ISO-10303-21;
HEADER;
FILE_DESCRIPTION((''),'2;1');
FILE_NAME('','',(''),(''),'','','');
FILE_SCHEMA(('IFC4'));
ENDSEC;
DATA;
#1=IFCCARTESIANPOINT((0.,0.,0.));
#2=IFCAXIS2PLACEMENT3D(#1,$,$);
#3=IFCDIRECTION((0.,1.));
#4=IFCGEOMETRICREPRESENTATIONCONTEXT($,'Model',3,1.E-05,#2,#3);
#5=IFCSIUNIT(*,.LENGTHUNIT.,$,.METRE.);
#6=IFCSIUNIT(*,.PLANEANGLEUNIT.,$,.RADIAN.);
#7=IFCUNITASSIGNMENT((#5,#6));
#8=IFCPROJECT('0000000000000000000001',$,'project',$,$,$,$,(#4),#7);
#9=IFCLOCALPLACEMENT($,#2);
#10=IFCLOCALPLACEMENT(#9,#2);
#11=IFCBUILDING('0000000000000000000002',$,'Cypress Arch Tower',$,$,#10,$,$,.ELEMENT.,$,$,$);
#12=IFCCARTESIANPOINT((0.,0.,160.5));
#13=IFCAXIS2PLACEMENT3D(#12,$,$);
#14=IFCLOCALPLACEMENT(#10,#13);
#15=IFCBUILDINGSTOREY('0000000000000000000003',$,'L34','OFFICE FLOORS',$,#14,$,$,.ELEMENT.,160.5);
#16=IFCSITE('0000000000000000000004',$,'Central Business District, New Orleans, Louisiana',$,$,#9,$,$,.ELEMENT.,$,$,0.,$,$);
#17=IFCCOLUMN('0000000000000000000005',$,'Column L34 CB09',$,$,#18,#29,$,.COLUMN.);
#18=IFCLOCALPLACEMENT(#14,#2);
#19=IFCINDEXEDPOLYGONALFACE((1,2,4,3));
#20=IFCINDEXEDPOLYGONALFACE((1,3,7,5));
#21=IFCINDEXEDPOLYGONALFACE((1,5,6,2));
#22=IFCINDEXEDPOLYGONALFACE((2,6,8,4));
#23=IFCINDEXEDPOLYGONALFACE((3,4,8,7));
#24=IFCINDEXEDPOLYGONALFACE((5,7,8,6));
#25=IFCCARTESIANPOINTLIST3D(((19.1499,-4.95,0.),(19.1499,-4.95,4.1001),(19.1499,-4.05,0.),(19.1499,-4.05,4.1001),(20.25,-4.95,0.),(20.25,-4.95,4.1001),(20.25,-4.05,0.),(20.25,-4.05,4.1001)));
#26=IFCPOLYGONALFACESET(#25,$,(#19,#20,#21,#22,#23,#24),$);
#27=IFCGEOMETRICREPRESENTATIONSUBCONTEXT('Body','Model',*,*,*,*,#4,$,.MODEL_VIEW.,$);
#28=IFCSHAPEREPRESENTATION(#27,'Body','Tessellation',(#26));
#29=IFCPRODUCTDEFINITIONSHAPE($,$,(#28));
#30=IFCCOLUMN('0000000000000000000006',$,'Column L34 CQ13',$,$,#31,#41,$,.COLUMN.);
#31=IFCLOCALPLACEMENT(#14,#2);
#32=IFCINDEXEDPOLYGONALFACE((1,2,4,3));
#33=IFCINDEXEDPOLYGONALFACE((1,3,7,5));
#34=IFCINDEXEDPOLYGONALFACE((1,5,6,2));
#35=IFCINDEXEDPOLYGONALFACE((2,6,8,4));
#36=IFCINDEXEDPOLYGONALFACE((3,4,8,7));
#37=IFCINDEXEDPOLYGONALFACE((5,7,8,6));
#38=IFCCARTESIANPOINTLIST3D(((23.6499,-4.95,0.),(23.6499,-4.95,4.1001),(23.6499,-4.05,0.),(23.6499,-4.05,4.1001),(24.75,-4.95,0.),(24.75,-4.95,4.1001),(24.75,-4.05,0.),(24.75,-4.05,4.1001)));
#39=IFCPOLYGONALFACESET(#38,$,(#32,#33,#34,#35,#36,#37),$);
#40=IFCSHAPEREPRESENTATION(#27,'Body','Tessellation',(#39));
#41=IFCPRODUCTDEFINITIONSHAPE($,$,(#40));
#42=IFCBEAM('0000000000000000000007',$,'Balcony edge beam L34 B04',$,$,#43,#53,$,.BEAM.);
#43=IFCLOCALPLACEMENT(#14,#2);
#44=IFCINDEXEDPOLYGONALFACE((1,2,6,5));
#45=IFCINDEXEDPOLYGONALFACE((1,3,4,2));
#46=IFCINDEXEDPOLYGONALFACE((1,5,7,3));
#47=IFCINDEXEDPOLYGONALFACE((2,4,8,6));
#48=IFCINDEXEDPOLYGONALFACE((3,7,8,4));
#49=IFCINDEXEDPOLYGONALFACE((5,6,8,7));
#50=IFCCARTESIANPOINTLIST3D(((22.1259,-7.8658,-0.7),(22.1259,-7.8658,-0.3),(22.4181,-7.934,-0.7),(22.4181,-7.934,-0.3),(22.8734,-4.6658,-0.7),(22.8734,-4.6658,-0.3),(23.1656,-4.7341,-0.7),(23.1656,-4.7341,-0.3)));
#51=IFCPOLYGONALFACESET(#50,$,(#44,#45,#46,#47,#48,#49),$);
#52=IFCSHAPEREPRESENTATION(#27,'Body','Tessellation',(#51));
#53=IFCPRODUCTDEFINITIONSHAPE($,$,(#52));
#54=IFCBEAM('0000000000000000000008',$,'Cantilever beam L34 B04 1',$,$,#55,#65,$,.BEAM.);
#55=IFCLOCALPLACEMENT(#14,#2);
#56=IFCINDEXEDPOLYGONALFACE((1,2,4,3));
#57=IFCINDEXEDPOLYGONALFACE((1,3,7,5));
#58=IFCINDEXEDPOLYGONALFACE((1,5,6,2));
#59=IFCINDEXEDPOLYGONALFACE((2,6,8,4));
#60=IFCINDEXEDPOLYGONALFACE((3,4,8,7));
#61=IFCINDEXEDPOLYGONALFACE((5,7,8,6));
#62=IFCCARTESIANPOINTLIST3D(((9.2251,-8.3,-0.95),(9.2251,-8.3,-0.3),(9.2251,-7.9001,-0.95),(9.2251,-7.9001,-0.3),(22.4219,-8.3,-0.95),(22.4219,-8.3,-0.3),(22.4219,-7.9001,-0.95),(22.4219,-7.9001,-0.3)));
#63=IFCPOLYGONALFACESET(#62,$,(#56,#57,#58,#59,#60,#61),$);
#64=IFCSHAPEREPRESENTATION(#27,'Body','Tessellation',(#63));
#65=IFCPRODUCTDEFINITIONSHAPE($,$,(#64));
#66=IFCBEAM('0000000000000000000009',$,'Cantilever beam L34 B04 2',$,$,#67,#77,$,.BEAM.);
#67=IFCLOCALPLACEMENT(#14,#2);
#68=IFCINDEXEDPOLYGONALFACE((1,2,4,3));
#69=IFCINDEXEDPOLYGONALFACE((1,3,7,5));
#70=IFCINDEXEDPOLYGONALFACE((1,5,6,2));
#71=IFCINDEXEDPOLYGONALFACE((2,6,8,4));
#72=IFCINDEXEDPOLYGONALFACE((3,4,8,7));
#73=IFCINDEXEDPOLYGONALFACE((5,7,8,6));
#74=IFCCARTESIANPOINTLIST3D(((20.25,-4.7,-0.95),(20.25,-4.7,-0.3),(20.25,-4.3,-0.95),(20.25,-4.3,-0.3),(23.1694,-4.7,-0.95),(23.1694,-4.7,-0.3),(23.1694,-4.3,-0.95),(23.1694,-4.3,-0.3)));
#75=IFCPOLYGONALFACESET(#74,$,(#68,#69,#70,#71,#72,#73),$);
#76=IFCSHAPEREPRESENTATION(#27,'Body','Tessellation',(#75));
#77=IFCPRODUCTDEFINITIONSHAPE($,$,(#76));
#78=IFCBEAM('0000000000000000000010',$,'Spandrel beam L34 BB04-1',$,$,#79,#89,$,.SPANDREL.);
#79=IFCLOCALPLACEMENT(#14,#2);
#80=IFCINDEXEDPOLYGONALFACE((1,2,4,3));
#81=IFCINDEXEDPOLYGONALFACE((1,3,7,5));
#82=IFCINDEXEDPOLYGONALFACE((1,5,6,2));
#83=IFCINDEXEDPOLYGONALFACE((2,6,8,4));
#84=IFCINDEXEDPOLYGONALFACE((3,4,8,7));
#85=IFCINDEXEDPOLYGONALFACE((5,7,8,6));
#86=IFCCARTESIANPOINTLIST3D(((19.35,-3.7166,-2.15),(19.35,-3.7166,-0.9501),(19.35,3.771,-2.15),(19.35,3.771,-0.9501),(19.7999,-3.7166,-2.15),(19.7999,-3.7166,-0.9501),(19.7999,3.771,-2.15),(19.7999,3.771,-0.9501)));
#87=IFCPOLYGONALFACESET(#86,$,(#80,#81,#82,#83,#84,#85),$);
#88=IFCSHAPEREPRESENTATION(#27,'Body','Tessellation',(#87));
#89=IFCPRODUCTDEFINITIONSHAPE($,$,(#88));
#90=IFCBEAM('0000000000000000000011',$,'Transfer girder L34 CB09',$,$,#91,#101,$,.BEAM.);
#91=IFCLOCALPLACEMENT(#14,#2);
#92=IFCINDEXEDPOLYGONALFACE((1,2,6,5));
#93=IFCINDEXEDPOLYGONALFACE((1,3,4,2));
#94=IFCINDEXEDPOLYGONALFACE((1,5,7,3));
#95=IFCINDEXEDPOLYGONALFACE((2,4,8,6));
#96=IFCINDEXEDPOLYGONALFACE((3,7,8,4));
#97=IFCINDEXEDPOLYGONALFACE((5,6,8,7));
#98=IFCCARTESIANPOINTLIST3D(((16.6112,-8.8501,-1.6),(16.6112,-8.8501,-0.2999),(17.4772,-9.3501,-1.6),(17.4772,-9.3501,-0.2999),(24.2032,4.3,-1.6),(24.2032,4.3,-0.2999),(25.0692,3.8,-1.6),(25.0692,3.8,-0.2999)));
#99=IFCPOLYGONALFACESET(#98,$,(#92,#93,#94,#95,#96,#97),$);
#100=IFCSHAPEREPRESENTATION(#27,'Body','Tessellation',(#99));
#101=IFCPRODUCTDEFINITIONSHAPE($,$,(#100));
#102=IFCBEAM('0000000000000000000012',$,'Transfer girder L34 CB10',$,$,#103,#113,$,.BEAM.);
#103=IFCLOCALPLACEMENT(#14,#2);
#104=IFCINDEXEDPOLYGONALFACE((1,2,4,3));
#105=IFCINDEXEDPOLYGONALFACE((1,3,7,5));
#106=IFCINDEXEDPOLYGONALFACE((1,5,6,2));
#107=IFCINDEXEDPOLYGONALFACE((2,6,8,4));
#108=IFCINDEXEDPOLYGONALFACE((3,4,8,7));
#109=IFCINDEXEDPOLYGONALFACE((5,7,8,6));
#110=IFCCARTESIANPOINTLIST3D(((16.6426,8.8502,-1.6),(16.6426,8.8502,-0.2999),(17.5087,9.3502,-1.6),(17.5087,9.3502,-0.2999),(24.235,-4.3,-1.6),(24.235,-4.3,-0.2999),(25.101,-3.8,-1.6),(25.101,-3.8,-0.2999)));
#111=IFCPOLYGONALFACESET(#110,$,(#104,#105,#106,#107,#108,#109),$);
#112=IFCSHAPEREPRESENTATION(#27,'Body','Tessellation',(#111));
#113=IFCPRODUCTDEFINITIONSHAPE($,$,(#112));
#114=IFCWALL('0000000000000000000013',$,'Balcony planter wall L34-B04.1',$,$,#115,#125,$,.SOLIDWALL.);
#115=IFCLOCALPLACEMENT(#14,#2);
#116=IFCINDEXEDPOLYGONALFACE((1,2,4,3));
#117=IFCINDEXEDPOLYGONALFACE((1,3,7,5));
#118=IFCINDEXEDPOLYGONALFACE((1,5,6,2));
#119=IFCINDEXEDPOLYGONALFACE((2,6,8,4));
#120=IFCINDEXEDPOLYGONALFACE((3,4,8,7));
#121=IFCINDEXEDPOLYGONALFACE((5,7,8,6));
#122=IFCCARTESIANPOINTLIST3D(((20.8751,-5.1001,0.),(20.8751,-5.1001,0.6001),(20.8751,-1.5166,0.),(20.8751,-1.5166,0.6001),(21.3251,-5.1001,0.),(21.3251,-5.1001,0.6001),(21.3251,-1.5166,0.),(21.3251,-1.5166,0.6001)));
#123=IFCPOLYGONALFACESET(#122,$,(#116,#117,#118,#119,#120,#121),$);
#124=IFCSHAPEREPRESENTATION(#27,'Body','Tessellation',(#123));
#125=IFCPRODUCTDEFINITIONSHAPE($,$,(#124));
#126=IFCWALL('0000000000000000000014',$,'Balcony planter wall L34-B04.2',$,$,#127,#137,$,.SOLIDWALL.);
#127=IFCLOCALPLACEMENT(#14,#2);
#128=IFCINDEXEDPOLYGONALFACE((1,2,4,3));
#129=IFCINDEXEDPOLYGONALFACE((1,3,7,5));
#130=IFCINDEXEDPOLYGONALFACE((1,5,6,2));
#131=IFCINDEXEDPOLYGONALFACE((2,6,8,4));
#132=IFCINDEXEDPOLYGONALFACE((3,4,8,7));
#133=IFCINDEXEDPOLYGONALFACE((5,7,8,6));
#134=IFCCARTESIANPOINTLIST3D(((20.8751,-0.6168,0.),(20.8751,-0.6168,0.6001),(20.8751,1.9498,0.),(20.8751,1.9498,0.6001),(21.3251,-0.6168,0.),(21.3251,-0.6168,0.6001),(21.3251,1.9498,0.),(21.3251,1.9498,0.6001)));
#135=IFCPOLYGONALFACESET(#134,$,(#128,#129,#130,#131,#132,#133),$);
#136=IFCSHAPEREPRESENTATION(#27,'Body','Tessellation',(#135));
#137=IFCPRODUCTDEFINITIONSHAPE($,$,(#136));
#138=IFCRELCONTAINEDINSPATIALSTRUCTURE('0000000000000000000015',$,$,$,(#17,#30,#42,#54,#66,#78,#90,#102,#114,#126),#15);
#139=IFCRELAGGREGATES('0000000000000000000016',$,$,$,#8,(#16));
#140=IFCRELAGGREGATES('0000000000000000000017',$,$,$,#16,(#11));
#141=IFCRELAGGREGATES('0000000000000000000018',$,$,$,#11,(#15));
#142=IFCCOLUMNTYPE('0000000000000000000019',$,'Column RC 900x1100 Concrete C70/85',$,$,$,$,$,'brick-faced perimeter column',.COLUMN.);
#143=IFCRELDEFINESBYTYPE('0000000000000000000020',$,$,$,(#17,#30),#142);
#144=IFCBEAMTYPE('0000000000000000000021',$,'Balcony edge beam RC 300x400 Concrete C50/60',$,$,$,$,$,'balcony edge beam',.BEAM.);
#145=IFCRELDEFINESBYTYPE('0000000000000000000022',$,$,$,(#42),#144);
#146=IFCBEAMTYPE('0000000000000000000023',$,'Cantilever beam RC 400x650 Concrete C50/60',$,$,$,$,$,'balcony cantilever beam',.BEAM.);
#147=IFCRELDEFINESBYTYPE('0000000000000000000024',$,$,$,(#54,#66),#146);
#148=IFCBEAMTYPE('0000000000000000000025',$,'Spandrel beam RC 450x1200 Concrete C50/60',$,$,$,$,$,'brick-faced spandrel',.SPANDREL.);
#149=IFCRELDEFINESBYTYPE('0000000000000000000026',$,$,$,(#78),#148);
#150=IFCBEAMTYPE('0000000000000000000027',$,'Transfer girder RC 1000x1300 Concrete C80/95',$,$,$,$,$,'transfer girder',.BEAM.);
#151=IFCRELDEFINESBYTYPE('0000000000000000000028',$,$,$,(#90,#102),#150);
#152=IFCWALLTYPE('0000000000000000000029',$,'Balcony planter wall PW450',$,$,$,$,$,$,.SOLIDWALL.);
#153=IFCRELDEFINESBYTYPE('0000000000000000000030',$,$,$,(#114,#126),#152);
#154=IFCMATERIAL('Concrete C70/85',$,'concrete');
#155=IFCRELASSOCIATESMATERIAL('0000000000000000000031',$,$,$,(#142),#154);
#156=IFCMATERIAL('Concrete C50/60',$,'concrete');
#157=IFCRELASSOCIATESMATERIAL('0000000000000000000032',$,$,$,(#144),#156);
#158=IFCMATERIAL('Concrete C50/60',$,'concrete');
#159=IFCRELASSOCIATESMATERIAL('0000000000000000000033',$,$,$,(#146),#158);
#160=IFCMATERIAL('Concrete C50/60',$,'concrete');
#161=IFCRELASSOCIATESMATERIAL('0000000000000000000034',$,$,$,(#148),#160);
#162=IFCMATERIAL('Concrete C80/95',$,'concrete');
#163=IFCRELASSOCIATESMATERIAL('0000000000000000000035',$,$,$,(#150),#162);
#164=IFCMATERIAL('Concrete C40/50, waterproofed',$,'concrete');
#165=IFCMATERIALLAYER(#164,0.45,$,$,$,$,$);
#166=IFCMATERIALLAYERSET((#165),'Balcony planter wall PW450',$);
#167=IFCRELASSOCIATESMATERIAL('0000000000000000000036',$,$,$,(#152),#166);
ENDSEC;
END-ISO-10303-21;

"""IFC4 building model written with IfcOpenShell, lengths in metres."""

from ifc_helpers import new_model, si_unit, direction, frame, frame_2d, origin, origin_2d, place, context, subcontext, project, spatial, rectangle, extrude, material, layer, layer_set, material_profile, profile_set, type_object, element, save


model = new_model("IFC4")

# Units and contexts
model_context = context("Model", 3, precision=1e-05, world=origin(), true_north=direction((0.0, 1.0)))
body_context = subcontext(model_context, "Body", "Model", "MODEL_VIEW")
ifc_project = project(units=[si_unit("LENGTHUNIT", "METRE"), si_unit("PLANEANGLEUNIT", "RADIAN")], contexts=[model_context])

# Site, building, storey
site_placement = place(None, origin())
site = spatial("IfcSite", under=ifc_project, at=site_placement, Name="Central Business District, New Orleans, Louisiana", CompositionType="ELEMENT", RefElevation=0.0)
building_placement = place(site_placement, origin())
building = spatial("IfcBuilding", under=site, at=building_placement, Name="Cypress Arch Tower", CompositionType="ELEMENT")
storey_placement = place(building_placement, frame((0.0, 0.0, 160.5)))
storey = spatial("IfcBuildingStorey", under=building, at=storey_placement, Name="L34", Description="OFFICE FLOORS", CompositionType="ELEMENT", Elevation=160.5)

# Columns
ifc_material_1 = material(Name="Concrete C70/85", Category="concrete")
ifc_material_profile_1 = material_profile(ifc_material_1, rectangle(XDim=0.8999, YDim=1.1001, at=origin_2d()), Name="RC 900x1100")
ifc_profile_set_1 = profile_set([ifc_material_profile_1], Name="Concrete C70/85")
column_type = type_object("IfcColumnType", Name="Column RC 900x1100 Concrete C70/85", ElementType="brick-faced perimeter column", PredefinedType="COLUMN", material=ifc_profile_set_1)
for number, where, z_axis, x_axis, name in (
    (1, (19.7, -4.5, 0.0), (0.0, 0.0, 1.0), (0.0, 1.0, 0.0), "Column L34 CB09"),
    (2, (24.2, -4.5, 0.0), (0.0, 0.0, 1.0), (0.0, 1.0, 0.0), "Column L34 CQ13"),
):
    element("IfcColumn", number, at=place(storey_placement, frame(where, z_axis=z_axis, x_axis=x_axis)), inside=storey, type_object=column_type, Name=name, PredefinedType="COLUMN", context=body_context, shape_type="SweptSolid", body=[
        extrude(rectangle(XDim=0.8999, YDim=1.1001, at=origin_2d()), origin(), (0.0, 0.0, 1.0), 4.1001),
    ])

# Beams
ifc_material_2 = material(Name="Concrete C50/60", Category="concrete")
ifc_material_profile_2 = material_profile(ifc_material_2, rectangle(XDim=0.3, YDim=0.3999, at=origin_2d()), Name="RC 300x400")
ifc_profile_set_2 = profile_set([ifc_material_profile_2], Name="Concrete C50/60")
beam_type_1 = type_object("IfcBeamType", Name="Balcony edge beam RC 300x400 Concrete C50/60", ElementType="balcony edge beam", PredefinedType="BEAM", material=ifc_profile_set_2)
beam_1_placement = place(storey_placement, frame((22.272, -7.8999, -0.5), z_axis=(0.22749, 0.97378, 0.0), x_axis=(-0.97378, 0.22749, 0.0)))
element("IfcBeam", 3, at=beam_1_placement, inside=storey, type_object=beam_type_1, Name="Balcony edge beam L34 B04", PredefinedType="BEAM", context=body_context, shape_type="SweptSolid", body=[
    extrude(rectangle(XDim=0.3, YDim=0.3999, at=origin_2d()), origin(), (0.0, 0.0, 1.0), 3.2861),
])
ifc_material_3 = material(Name="Concrete C50/60", Category="concrete")
ifc_material_profile_3 = material_profile(ifc_material_3, rectangle(XDim=0.3999, YDim=0.6499, at=origin_2d()), Name="RC 400x650")
ifc_profile_set_3 = profile_set([ifc_material_profile_3], Name="Concrete C50/60")
beam_type_2 = type_object("IfcBeamType", Name="Cantilever beam RC 400x650 Concrete C50/60", ElementType="balcony cantilever beam", PredefinedType="BEAM", material=ifc_profile_set_3)
beam_2_placement = place(storey_placement, frame((9.2251, -8.1001, -0.625), z_axis=(1.0, 0.0, 0.0), x_axis=(0.0, 1.0, 0.0)))
element("IfcBeam", 4, at=beam_2_placement, inside=storey, type_object=beam_type_2, Name="Cantilever beam L34 B04 1", PredefinedType="BEAM", context=body_context, shape_type="SweptSolid", body=[
    extrude(rectangle(XDim=0.3999, YDim=0.6499, at=origin_2d()), origin(), (0.0, 0.0, 1.0), 13.1968),
])
beam_3_placement = place(storey_placement, frame((20.25, -4.5, -0.625), z_axis=(1.0, 0.0, 0.0), x_axis=(0.0, 1.0, 0.0)))
element("IfcBeam", 5, at=beam_3_placement, inside=storey, type_object=beam_type_2, Name="Cantilever beam L34 B04 2", PredefinedType="BEAM", context=body_context, shape_type="SweptSolid", body=[
    extrude(rectangle(XDim=0.3999, YDim=0.6499, at=origin_2d()), origin(), (0.0, 0.0, 1.0), 2.9194),
])
ifc_material_4 = material(Name="Concrete C50/60", Category="concrete")
ifc_material_profile_4 = material_profile(ifc_material_4, rectangle(XDim=0.45, YDim=1.2, at=origin_2d()), Name="RC 450x1200")
ifc_profile_set_4 = profile_set([ifc_material_profile_4], Name="Concrete C50/60")
beam_type_3 = type_object("IfcBeamType", Name="Spandrel beam RC 450x1200 Concrete C50/60", ElementType="brick-faced spandrel", PredefinedType="SPANDREL", material=ifc_profile_set_4)
beam_4_placement = place(storey_placement, frame((19.575, -3.7166, -1.55), z_axis=(0.0, 1.0, 0.0), x_axis=(-1.0, 0.0, 0.0)))
element("IfcBeam", 6, at=beam_4_placement, inside=storey, type_object=beam_type_3, Name="Spandrel beam L34 BB04-1", PredefinedType="SPANDREL", context=body_context, shape_type="SweptSolid", body=[
    extrude(rectangle(XDim=0.45, YDim=1.2, at=origin_2d()), origin(), (0.0, 0.0, 1.0), 7.4875),
])
ifc_material_5 = material(Name="Concrete C80/95", Category="concrete")
ifc_material_profile_5 = material_profile(ifc_material_5, rectangle(XDim=1.0, YDim=1.3, at=origin_2d()), Name="RC 1000x1300")
ifc_profile_set_5 = profile_set([ifc_material_profile_5], Name="Concrete C80/95")
beam_type_4 = type_object("IfcBeamType", Name="Transfer girder RC 1000x1300 Concrete C80/95", ElementType="transfer girder", PredefinedType="BEAM", material=ifc_profile_set_5)
beam_5_placement = place(storey_placement, frame((17.0442, -9.1001, -0.95), z_axis=(0.49999, 0.866031, 0.0), x_axis=(-0.866031, 0.49999, 0.0)))
element("IfcBeam", 7, at=beam_5_placement, inside=storey, type_object=beam_type_4, Name="Transfer girder L34 CB09", PredefinedType="BEAM", context=body_context, shape_type="SweptSolid", body=[
    extrude(rectangle(XDim=1.0, YDim=1.3, at=origin_2d()), origin(), (0.0, 0.0, 1.0), 15.1843),
])
beam_6_placement = place(storey_placement, frame((24.668, -4.05, -0.95), z_axis=(-0.500002, 0.866024, 0.0), x_axis=(-0.866024, -0.500002, 0.0)))
element("IfcBeam", 8, at=beam_6_placement, inside=storey, type_object=beam_type_4, Name="Transfer girder L34 CB10", PredefinedType="BEAM", context=body_context, shape_type="SweptSolid", body=[
    extrude(rectangle(XDim=1.0, YDim=1.3, at=origin_2d()), origin(), (0.0, 0.0, 1.0), 15.1846),
])

# Walls
ifc_material_6 = material(Name="Concrete C40/50, waterproofed", Category="concrete")
ifc_layer_1 = layer(ifc_material_6, 0.45)
ifc_layer_set_1 = layer_set([ifc_layer_1], Name="Balcony planter wall PW450")
wall_type_1 = type_object("IfcWallType", Name="Balcony planter wall PW450", PredefinedType="SOLIDWALL", material=ifc_layer_set_1)
wall_1_placement = place(storey_placement, frame((21.1001, -5.1001, 0.0), z_axis=(0.0, 0.0, 1.0), x_axis=(0.0, 1.0, 0.0)))
element("IfcWall", 9, at=wall_1_placement, inside=storey, type_object=wall_type_1, Name="Balcony planter wall L34-B04.1", PredefinedType="SOLIDWALL", context=body_context, shape_type="SweptSolid", body=[
    extrude(rectangle(XDim=3.5835, YDim=0.45, at=frame_2d((1.7917, 0.0))), origin(), (0.0, 0.0, 1.0), 0.6001),
])
wall_2_placement = place(storey_placement, frame((21.1001, -0.6167, 0.0), z_axis=(0.0, 0.0, 1.0), x_axis=(0.0, 1.0, 0.0)))
element("IfcWall", 10, at=wall_2_placement, inside=storey, type_object=wall_type_1, Name="Balcony planter wall L34-B04.2", PredefinedType="SOLIDWALL", context=body_context, shape_type="SweptSolid", body=[
    extrude(rectangle(XDim=2.5667, YDim=0.45, at=frame_2d((1.2832, 0.0))), origin(), (0.0, 0.0, 1.0), 0.6001),
])

save(model, "model.ifc")
